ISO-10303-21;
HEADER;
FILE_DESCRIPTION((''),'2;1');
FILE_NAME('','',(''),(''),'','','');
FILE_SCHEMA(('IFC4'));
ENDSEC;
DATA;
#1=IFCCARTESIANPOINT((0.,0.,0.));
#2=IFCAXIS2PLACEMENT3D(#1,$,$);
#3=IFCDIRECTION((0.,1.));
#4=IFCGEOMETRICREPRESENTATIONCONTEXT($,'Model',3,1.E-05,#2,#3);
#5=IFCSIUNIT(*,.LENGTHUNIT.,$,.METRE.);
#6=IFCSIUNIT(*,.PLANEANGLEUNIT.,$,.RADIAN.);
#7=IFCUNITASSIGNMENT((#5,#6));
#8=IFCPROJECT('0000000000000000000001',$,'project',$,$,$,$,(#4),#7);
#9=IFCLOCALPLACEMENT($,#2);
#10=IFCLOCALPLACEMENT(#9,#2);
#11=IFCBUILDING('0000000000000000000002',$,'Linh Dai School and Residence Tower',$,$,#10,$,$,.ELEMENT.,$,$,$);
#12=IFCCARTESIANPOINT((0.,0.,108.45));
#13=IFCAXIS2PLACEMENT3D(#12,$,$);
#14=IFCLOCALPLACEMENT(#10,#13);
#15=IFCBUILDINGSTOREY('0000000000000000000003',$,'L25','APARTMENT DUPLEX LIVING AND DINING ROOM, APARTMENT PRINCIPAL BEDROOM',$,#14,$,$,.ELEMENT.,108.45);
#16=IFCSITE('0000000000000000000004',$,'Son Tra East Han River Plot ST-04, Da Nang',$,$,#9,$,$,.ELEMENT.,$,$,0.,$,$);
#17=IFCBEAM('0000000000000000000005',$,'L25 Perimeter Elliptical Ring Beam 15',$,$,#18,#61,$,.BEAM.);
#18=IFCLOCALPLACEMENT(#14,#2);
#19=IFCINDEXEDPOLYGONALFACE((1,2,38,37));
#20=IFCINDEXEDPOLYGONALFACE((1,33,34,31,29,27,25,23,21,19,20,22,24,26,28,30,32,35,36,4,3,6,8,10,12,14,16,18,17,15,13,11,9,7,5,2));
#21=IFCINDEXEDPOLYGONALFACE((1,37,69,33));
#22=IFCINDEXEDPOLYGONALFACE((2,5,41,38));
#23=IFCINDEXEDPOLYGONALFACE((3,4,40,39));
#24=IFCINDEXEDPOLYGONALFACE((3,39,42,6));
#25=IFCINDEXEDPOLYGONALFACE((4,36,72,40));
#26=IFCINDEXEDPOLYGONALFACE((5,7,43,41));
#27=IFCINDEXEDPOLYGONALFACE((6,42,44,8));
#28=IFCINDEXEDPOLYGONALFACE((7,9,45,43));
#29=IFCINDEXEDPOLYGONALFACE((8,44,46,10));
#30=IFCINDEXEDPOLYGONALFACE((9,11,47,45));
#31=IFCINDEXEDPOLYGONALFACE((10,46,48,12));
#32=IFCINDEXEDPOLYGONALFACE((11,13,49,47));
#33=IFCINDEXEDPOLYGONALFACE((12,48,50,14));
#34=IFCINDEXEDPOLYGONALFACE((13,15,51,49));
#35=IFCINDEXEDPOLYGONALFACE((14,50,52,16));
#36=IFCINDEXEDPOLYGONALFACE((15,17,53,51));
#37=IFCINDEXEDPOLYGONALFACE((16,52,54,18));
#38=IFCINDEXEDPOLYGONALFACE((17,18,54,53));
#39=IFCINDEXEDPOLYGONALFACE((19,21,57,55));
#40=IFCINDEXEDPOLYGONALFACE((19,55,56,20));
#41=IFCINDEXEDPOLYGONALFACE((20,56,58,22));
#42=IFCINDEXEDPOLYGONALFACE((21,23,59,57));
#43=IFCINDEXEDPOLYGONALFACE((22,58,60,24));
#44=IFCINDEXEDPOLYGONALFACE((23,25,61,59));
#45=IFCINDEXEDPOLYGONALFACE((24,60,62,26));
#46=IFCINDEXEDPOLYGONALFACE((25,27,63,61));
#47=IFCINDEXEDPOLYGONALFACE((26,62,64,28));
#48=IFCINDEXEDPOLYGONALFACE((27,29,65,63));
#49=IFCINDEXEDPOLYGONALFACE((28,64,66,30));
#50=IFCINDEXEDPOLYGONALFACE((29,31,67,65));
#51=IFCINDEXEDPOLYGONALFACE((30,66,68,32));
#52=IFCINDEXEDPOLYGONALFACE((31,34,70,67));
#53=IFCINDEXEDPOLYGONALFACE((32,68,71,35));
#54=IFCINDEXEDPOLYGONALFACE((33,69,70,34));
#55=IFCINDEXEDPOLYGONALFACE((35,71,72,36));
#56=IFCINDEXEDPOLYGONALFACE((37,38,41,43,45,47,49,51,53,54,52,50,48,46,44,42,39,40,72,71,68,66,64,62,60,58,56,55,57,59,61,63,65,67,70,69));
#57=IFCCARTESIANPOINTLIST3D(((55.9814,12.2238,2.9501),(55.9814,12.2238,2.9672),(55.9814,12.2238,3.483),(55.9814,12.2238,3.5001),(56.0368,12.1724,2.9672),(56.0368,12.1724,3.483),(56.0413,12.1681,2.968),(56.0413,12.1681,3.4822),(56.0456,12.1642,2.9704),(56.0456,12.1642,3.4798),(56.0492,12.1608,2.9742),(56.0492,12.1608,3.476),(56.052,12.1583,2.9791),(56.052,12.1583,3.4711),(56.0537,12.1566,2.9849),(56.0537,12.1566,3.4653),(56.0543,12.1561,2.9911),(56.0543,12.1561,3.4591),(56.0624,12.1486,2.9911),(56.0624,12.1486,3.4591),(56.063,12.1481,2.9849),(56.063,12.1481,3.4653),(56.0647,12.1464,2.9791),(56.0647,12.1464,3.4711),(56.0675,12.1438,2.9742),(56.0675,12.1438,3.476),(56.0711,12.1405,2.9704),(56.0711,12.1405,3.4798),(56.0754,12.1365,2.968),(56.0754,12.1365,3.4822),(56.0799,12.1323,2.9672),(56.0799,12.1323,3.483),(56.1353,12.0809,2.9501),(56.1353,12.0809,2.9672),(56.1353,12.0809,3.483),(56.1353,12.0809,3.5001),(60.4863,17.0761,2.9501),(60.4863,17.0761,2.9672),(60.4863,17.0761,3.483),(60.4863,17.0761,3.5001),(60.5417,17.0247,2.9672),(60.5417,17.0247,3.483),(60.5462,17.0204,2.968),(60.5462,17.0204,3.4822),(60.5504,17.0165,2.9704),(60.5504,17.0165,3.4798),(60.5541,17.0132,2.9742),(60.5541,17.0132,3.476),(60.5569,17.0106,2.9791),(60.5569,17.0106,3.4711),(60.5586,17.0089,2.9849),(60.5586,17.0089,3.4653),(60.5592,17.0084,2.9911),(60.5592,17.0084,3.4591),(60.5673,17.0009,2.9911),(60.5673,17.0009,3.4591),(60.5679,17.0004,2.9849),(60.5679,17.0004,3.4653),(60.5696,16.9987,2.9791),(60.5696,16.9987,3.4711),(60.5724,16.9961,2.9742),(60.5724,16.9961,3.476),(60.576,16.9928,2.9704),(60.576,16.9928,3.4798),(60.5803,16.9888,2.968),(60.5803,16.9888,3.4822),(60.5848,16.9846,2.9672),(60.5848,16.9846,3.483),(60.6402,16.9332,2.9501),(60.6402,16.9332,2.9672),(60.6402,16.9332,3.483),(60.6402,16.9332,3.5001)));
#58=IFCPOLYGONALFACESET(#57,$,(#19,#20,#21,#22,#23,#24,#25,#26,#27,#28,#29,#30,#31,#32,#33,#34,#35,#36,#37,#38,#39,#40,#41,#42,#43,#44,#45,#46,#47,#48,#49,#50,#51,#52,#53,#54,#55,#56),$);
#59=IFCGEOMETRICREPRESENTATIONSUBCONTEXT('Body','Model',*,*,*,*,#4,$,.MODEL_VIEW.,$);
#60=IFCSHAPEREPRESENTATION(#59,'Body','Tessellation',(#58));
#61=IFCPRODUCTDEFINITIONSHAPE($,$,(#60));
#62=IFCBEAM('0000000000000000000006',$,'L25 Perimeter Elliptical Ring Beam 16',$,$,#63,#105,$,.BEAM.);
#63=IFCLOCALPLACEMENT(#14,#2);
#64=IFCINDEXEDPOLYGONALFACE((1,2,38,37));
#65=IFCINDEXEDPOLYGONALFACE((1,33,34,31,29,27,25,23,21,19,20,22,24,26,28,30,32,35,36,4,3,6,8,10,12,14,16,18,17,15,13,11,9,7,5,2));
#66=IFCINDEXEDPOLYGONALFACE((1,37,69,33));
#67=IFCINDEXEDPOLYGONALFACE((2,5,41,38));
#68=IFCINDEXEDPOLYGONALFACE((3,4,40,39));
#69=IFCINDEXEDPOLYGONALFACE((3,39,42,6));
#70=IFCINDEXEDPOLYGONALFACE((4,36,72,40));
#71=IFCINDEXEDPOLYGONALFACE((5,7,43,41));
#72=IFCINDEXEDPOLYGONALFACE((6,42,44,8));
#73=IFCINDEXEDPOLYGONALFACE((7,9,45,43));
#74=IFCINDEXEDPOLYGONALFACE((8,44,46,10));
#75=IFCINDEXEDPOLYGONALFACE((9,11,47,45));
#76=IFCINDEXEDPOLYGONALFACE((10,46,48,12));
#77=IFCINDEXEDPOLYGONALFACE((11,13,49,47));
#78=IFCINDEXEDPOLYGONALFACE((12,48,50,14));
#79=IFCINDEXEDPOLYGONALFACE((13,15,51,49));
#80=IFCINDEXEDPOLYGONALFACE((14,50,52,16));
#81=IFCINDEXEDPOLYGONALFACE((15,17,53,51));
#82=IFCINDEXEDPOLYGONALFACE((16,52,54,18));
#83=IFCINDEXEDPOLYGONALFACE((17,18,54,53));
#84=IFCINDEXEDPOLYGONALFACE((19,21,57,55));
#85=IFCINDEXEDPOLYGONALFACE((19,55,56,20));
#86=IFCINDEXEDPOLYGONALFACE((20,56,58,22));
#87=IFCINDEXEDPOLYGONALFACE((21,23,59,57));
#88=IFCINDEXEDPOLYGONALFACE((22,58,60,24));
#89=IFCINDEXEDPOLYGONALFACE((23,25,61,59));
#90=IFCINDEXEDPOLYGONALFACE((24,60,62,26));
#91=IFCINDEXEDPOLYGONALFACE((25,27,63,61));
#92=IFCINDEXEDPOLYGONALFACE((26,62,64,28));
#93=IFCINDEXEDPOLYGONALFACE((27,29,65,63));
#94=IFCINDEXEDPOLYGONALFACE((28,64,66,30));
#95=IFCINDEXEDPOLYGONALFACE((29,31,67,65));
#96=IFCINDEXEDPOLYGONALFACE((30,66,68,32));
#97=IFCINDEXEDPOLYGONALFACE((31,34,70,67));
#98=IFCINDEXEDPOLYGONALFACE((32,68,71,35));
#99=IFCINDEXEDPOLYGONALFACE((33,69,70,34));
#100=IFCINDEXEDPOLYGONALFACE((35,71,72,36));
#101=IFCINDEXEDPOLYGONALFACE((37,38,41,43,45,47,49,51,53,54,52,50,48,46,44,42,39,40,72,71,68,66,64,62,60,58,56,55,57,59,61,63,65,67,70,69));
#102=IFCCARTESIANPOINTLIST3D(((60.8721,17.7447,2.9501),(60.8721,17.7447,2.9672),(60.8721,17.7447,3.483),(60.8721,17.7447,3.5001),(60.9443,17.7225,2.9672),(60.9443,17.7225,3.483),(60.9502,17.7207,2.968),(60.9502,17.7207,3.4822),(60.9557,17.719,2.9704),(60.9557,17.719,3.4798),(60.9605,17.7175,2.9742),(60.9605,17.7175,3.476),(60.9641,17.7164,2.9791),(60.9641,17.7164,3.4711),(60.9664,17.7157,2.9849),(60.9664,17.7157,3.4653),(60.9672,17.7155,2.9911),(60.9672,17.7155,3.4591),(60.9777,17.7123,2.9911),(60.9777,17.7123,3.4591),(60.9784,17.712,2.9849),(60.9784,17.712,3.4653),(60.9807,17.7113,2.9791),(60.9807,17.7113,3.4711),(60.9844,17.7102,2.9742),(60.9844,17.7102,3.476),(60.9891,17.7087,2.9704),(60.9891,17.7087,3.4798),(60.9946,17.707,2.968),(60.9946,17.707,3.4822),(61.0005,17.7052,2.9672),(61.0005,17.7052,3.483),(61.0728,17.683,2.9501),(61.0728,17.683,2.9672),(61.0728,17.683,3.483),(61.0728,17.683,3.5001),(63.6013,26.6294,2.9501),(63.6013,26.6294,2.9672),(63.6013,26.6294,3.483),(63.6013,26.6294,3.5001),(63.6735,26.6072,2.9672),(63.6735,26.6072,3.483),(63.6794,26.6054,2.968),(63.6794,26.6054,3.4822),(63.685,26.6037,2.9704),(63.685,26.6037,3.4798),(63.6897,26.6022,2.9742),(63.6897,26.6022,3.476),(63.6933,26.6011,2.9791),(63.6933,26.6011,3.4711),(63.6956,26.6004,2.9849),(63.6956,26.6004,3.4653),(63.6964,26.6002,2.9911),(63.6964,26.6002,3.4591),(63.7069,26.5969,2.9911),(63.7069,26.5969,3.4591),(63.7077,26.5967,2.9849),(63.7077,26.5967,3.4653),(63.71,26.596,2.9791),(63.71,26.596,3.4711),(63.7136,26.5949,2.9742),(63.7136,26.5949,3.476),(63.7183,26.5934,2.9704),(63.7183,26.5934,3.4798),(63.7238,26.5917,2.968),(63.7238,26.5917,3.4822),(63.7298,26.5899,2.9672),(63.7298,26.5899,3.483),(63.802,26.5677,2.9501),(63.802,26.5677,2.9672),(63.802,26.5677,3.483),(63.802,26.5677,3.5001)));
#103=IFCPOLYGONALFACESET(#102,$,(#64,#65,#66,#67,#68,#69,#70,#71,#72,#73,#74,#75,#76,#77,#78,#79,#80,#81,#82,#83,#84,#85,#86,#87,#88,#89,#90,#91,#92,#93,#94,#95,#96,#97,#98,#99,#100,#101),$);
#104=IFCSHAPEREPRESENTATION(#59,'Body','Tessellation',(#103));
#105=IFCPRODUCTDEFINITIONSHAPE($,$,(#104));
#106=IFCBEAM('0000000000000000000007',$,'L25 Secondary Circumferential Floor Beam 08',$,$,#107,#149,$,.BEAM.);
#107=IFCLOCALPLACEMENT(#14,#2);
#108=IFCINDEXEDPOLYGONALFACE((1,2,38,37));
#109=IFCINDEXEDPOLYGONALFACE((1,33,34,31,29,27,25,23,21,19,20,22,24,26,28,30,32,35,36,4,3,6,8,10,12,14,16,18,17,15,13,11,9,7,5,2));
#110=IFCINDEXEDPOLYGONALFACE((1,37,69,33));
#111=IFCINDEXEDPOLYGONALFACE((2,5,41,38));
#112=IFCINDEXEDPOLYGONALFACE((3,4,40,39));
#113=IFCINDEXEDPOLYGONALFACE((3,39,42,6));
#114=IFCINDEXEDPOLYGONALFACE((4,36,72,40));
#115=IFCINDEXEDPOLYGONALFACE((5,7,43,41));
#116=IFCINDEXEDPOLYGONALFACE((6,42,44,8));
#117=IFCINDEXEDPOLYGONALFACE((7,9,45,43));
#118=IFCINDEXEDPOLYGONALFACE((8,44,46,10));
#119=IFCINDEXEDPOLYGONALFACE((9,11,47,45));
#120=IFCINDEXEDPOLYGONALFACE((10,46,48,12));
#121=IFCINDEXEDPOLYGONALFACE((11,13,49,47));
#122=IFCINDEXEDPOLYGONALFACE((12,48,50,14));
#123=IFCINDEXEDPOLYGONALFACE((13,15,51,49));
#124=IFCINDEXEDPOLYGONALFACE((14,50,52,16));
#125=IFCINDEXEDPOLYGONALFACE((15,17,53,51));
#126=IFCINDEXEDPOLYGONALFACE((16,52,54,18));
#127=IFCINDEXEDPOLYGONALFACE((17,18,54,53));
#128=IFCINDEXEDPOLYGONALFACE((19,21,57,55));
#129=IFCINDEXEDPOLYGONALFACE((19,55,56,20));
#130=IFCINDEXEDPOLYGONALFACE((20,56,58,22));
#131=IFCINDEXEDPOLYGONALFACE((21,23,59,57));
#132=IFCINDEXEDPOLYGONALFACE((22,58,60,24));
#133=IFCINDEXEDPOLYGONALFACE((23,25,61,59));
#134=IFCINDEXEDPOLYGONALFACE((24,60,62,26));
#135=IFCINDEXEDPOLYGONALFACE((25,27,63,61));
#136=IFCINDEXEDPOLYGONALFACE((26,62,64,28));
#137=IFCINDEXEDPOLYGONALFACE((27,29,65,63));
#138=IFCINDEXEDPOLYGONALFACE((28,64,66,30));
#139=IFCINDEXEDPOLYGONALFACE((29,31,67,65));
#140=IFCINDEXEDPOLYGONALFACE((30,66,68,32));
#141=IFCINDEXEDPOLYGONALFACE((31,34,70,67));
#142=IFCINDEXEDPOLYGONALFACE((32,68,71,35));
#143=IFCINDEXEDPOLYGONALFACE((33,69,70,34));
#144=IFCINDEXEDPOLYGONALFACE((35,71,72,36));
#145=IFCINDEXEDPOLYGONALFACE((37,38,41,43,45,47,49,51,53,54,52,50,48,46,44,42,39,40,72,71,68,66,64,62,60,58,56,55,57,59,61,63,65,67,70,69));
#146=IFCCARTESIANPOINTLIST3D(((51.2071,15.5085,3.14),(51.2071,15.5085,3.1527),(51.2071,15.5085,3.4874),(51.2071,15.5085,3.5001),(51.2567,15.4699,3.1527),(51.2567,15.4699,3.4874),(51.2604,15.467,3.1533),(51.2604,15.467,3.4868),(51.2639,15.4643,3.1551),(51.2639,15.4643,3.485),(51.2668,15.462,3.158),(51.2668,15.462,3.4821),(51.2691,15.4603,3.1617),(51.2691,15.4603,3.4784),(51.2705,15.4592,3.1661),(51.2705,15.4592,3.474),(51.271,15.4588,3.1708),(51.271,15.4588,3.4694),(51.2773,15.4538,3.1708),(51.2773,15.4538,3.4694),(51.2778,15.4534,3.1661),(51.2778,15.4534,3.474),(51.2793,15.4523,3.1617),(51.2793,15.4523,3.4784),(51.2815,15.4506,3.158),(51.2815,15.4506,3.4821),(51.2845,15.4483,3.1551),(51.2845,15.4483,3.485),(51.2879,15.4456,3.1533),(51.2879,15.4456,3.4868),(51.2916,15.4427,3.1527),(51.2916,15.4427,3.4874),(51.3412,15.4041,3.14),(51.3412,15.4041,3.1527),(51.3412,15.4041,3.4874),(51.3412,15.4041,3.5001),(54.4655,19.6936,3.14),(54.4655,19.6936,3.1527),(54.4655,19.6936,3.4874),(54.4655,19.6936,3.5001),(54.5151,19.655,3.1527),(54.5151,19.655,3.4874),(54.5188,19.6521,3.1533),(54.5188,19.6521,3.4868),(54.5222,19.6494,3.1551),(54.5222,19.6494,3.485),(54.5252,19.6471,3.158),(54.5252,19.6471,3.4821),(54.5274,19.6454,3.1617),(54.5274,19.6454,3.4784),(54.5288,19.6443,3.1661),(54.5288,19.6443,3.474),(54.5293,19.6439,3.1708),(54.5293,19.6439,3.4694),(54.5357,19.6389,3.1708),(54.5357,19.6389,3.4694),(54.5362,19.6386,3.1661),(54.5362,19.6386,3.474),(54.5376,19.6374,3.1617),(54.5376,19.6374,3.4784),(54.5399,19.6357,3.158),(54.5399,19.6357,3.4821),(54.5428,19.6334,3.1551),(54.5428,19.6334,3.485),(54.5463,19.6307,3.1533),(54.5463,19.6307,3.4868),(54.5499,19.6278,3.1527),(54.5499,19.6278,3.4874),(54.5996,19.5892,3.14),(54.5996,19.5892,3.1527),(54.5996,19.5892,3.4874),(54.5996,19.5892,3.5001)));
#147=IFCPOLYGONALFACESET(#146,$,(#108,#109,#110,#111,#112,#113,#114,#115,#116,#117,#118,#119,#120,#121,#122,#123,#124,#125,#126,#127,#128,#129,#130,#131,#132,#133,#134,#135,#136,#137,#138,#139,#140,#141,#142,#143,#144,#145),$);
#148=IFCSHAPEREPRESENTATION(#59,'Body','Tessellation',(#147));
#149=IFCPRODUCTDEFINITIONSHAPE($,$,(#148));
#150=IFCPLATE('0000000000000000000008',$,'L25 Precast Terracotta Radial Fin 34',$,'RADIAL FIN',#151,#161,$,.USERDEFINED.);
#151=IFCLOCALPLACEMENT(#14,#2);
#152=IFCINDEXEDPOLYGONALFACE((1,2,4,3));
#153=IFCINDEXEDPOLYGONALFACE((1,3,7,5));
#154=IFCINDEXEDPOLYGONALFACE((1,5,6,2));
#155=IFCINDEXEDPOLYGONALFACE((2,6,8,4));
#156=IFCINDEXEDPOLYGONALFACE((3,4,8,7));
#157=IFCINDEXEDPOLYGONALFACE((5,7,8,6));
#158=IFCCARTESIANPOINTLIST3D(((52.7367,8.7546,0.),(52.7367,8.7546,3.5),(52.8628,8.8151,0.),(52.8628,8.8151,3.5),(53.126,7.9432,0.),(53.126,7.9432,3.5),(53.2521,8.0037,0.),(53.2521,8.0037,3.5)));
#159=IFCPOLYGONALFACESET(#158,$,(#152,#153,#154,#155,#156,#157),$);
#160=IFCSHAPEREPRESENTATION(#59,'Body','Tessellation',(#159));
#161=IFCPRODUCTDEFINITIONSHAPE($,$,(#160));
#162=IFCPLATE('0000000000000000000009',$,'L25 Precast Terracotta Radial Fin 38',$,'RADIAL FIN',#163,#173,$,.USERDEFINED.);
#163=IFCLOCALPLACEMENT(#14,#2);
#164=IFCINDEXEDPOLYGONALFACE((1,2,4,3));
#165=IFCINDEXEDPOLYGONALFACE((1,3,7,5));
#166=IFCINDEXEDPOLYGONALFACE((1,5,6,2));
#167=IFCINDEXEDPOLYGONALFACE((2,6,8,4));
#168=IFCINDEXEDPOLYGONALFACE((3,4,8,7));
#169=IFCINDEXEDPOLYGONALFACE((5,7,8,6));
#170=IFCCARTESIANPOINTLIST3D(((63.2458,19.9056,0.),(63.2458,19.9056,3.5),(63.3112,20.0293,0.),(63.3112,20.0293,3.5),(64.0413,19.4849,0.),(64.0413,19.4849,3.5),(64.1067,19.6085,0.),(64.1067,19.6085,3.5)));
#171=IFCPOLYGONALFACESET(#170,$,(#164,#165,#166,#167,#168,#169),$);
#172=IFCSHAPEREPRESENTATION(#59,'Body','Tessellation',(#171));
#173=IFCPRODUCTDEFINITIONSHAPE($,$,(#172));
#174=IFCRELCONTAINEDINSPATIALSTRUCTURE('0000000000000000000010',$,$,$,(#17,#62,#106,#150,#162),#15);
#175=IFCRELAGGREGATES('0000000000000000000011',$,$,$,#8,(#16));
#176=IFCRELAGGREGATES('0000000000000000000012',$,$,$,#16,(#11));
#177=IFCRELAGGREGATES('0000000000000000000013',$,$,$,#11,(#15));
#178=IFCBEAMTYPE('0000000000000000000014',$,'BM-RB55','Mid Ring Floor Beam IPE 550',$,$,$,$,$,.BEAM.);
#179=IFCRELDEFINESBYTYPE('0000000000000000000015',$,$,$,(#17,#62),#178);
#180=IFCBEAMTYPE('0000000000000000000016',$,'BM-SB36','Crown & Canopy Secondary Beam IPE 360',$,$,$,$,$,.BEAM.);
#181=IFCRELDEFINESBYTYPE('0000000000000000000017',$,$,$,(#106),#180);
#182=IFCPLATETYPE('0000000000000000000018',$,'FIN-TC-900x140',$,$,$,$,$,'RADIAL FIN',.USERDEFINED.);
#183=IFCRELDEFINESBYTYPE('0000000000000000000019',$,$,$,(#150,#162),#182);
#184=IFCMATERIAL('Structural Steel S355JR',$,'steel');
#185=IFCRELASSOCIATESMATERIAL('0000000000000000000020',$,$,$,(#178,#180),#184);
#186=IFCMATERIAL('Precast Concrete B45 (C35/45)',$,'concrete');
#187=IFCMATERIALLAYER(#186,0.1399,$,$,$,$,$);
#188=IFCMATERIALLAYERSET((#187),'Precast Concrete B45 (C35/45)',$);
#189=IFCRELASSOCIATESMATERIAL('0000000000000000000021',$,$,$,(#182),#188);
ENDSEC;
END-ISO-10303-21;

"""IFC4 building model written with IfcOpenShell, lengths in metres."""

from ifc_helpers import new_model, si_unit, direction, frame, origin, origin_2d, place, context, subcontext, project, spatial, rectangle, i_section, extrude, source, transform, mapped, material, layer, layer_set, material_profile, profile_set, type_object, element, save


model = new_model("IFC4")

# Units and contexts
model_context = context("Model", 3, precision=1e-05, world=origin(), true_north=direction((0.0, 1.0)))
body_context = subcontext(model_context, "Body", "Model", "MODEL_VIEW")
ifc_project = project(units=[si_unit("LENGTHUNIT", "METRE"), si_unit("PLANEANGLEUNIT", "RADIAN")], contexts=[model_context])

# Site, building, storey
site_placement = place(None, origin())
site = spatial("IfcSite", under=ifc_project, at=site_placement, Name="Son Tra East Han River Plot ST-04, Da Nang", CompositionType="ELEMENT", RefElevation=0.0)
building_placement = place(site_placement, origin())
building = spatial("IfcBuilding", under=site, at=building_placement, Name="Linh Dai School and Residence Tower", CompositionType="ELEMENT")
storey_placement = place(building_placement, frame((0.0, 0.0, 108.45)))
storey = spatial("IfcBuildingStorey", under=building, at=storey_placement, Name="L25", Description="APARTMENT DUPLEX LIVING AND DINING ROOM, APARTMENT PRINCIPAL BEDROOM", CompositionType="ELEMENT", Elevation=108.45)

# Shared definitions
ifc_material_1 = material(Name="Structural Steel S355JR", Category="steel")

# Beams
ifc_material_profile_1 = material_profile(ifc_material_1, i_section(OverallWidth=0.21, OverallDepth=0.55, WebThickness=0.011, FlangeThickness=0.0171, FilletRadius=0.0239, at=origin_2d()), Name="IPE 550")
ifc_profile_set_1 = profile_set([ifc_material_profile_1], Name="Structural Steel S355JR")
beam_type_1 = type_object("IfcBeamType", Name="BM-RB55", Description="Mid Ring Floor Beam IPE 550", PredefinedType="BEAM", material=ifc_profile_set_1)
beam_1_placement = place(storey_placement, frame((56.0583, 12.1523, 3.2251), z_axis=(0.680385, 0.732855, 0.0), x_axis=(-0.732855, 0.680385, 0.0)))
element("IfcBeam", 1, at=beam_1_placement, inside=storey, type_object=beam_type_1, Name="L25 Perimeter Elliptical Ring Beam 15", PredefinedType="BEAM", context=body_context, shape_type="SweptSolid", body=[
    extrude(i_section(OverallWidth=0.21, OverallDepth=0.55, WebThickness=0.011, FlangeThickness=0.0171, FilletRadius=0.0239, at=origin_2d()), origin(), (0.0, 0.0, 1.0), 6.6211),
])
beam_2_placement = place(storey_placement, frame((60.9724, 17.7139, 3.2251), z_axis=(0.293641, 0.955916, 0.0), x_axis=(-0.955916, 0.293641, 0.0)))
element("IfcBeam", 2, at=beam_2_placement, inside=storey, type_object=beam_type_1, Name="L25 Perimeter Elliptical Ring Beam 16", PredefinedType="BEAM", context=body_context, shape_type="SweptSolid", body=[
    extrude(i_section(OverallWidth=0.21, OverallDepth=0.55, WebThickness=0.011, FlangeThickness=0.0171, FilletRadius=0.0239, at=origin_2d()), origin(), (0.0, 0.0, 1.0), 9.2944),
])
ifc_material_profile_2 = material_profile(ifc_material_1, i_section(OverallWidth=0.1699, OverallDepth=0.3601, WebThickness=0.0081, FlangeThickness=0.0127, FilletRadius=0.0181, at=origin_2d()), Name="IPE 360")
ifc_profile_set_2 = profile_set([ifc_material_profile_2], Name="Structural Steel S355JR")
beam_type_2 = type_object("IfcBeamType", Name="BM-SB36", Description="Crown & Canopy Secondary Beam IPE 360", PredefinedType="BEAM", material=ifc_profile_set_2)
beam_3_placement = place(storey_placement, frame((51.2742, 15.4563, 3.3201), z_axis=(0.614323, 0.789055, 0.0), x_axis=(-0.789055, 0.614323, 0.0)))
element("IfcBeam", 3, at=beam_3_placement, inside=storey, type_object=beam_type_2, Name="L25 Secondary Circumferential Floor Beam 08", PredefinedType="BEAM", context=body_context, shape_type="SweptSolid", body=[
    extrude(i_section(OverallWidth=0.1699, OverallDepth=0.3601, WebThickness=0.0081, FlangeThickness=0.0127, FilletRadius=0.0181, at=origin_2d()), origin(), (0.0, 0.0, 1.0), 5.304),
])

# Plates
ifc_material_2 = material(Name="Precast Concrete B45 (C35/45)", Category="concrete")
ifc_layer_1 = layer(ifc_material_2, 0.1399)
ifc_layer_set_1 = layer_set([ifc_layer_1], Name="Precast Concrete B45 (C35/45)")
plate_type = type_object("IfcPlateType", Name="FIN-TC-900x140", ElementType="RADIAL FIN", PredefinedType="USERDEFINED", material=ifc_layer_set_1)
shared_shape_1 = source(origin(), body_context, "Body", "SweptSolid", [
    extrude(rectangle(XDim=0.8999, YDim=0.1399, at=origin_2d()), origin(), (0.0, 0.0, 1.0), 3.5),
])
for number, where, z_axis, x_axis, name in (
    (4, (52.9944, 8.3792, 0.0), (0.0, 0.0, 1.0), (0.432618, -0.901578, 0.0), "L25 Precast Terracotta Radial Fin 34"),
    (5, (63.6763, 19.7571, 0.0), (0.0, 0.0, 1.0), (0.883942, -0.467596, 0.0), "L25 Precast Terracotta Radial Fin 38"),
):
    element("IfcPlate", number, at=place(storey_placement, frame(where, z_axis=z_axis, x_axis=x_axis)), inside=storey, type_object=plate_type, Name=name, ObjectType="RADIAL FIN", PredefinedType="USERDEFINED", context=body_context, shape_type="MappedRepresentation", body=[
        mapped(shared_shape_1, transform((0.0, 0.0, 0.0), x_axis=(1.0, 0.0, 0.0), y_axis=(0.0, 1.0, 0.0), z_axis=(0.0, 0.0, 1.0), scale=1.0)),
    ])

save(model, "model.ifc")
